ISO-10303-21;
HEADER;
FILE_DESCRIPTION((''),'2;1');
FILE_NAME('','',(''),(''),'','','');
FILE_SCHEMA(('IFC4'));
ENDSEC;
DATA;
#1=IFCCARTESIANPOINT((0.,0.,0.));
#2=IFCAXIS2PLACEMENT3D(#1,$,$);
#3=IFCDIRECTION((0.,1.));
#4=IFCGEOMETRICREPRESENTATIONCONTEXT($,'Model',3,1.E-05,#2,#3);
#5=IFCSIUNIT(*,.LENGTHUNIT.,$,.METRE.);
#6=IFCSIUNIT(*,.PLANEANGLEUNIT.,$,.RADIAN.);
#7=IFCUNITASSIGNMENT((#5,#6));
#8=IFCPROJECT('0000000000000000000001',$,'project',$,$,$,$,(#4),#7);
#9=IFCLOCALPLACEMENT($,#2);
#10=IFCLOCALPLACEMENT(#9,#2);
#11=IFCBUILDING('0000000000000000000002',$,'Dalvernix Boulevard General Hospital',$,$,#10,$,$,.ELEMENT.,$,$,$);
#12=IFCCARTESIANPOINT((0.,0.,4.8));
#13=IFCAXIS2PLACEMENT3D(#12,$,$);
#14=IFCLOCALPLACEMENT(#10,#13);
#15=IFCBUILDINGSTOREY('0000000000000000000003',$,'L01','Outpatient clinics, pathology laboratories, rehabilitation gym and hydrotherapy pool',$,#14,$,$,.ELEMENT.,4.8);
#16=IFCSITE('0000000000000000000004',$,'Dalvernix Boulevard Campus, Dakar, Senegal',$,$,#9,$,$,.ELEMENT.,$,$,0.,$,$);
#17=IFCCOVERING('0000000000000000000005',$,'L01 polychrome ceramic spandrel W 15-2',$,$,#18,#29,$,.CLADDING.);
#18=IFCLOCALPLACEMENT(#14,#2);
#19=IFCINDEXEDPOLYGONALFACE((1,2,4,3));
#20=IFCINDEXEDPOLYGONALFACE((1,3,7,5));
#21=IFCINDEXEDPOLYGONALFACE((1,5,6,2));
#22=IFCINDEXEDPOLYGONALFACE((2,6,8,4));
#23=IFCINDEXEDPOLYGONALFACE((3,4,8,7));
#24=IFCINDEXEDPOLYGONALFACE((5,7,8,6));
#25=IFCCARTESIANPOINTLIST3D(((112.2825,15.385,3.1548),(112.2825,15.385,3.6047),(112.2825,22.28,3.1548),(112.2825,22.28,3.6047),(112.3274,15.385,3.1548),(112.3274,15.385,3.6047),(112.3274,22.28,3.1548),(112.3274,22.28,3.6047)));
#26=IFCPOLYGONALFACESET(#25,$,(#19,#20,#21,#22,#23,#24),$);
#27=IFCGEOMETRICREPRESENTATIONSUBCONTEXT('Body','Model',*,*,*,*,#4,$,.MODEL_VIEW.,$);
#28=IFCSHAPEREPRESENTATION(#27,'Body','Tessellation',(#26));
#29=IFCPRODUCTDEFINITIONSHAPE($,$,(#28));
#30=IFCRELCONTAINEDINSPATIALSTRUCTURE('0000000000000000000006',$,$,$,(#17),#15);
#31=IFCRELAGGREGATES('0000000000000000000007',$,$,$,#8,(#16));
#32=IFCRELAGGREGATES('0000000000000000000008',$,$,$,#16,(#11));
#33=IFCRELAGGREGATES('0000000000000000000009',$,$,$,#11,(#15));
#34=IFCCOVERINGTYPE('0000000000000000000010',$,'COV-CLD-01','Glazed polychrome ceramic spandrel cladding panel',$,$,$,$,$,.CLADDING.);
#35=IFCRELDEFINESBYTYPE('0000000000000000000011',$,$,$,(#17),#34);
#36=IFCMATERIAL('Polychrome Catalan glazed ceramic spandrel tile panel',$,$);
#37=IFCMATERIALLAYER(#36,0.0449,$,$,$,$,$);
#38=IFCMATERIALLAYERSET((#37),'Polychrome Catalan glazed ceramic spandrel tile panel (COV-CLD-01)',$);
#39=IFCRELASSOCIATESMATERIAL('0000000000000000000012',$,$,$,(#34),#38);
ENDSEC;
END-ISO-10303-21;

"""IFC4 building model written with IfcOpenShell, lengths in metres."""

from ifc_helpers import new_model, si_unit, direction, frame, origin, origin_2d, place, context, subcontext, project, spatial, rectangle, extrude, material, layer, layer_set, type_object, element, save


model = new_model("IFC4")

# Units and contexts
model_context = context("Model", 3, precision=1e-05, world=origin(), true_north=direction((0.0, 1.0)))
body_context = subcontext(model_context, "Body", "Model", "MODEL_VIEW")
ifc_project = project(units=[si_unit("LENGTHUNIT", "METRE"), si_unit("PLANEANGLEUNIT", "RADIAN")], contexts=[model_context])

# Site, building, storey
site_placement = place(None, origin())
site = spatial("IfcSite", under=ifc_project, at=site_placement, Name="Dalvernix Boulevard Campus, Dakar, Senegal", CompositionType="ELEMENT", RefElevation=0.0)
building_placement = place(site_placement, origin())
building = spatial("IfcBuilding", under=site, at=building_placement, Name="Dalvernix Boulevard General Hospital", CompositionType="ELEMENT")
storey_placement = place(building_placement, frame((0.0, 0.0, 4.8)))
storey = spatial("IfcBuildingStorey", under=building, at=storey_placement, Name="L01", Description="Outpatient clinics, pathology laboratories, rehabilitation gym and hydrotherapy pool", CompositionType="ELEMENT", Elevation=4.8)

# Covering
ifc_material_1 = material(Name="Polychrome Catalan glazed ceramic spandrel tile panel")
ifc_layer_1 = layer(ifc_material_1, 0.0449)
ifc_layer_set_1 = layer_set([ifc_layer_1], Name="Polychrome Catalan glazed ceramic spandrel tile panel (COV-CLD-01)")
covering_type = type_object("IfcCoveringType", Name="COV-CLD-01", Description="Glazed polychrome ceramic spandrel cladding panel", PredefinedType="CLADDING", material=ifc_layer_set_1)
covering_placement = place(storey_placement, frame((112.3049, 18.8325, 3.1548), z_axis=(0.0, 0.0, 1.0), x_axis=(0.0, 1.0, 0.0)))
element("IfcCovering", 1, at=covering_placement, inside=storey, type_object=covering_type, Name="L01 polychrome ceramic spandrel W 15-2", PredefinedType="CLADDING", context=body_context, shape_type="SweptSolid", body=[
    extrude(rectangle(XDim=6.895, YDim=0.0449, at=origin_2d()), origin(), (0.0, 0.0, 1.0), 0.45),
])

save(model, "model.ifc")
